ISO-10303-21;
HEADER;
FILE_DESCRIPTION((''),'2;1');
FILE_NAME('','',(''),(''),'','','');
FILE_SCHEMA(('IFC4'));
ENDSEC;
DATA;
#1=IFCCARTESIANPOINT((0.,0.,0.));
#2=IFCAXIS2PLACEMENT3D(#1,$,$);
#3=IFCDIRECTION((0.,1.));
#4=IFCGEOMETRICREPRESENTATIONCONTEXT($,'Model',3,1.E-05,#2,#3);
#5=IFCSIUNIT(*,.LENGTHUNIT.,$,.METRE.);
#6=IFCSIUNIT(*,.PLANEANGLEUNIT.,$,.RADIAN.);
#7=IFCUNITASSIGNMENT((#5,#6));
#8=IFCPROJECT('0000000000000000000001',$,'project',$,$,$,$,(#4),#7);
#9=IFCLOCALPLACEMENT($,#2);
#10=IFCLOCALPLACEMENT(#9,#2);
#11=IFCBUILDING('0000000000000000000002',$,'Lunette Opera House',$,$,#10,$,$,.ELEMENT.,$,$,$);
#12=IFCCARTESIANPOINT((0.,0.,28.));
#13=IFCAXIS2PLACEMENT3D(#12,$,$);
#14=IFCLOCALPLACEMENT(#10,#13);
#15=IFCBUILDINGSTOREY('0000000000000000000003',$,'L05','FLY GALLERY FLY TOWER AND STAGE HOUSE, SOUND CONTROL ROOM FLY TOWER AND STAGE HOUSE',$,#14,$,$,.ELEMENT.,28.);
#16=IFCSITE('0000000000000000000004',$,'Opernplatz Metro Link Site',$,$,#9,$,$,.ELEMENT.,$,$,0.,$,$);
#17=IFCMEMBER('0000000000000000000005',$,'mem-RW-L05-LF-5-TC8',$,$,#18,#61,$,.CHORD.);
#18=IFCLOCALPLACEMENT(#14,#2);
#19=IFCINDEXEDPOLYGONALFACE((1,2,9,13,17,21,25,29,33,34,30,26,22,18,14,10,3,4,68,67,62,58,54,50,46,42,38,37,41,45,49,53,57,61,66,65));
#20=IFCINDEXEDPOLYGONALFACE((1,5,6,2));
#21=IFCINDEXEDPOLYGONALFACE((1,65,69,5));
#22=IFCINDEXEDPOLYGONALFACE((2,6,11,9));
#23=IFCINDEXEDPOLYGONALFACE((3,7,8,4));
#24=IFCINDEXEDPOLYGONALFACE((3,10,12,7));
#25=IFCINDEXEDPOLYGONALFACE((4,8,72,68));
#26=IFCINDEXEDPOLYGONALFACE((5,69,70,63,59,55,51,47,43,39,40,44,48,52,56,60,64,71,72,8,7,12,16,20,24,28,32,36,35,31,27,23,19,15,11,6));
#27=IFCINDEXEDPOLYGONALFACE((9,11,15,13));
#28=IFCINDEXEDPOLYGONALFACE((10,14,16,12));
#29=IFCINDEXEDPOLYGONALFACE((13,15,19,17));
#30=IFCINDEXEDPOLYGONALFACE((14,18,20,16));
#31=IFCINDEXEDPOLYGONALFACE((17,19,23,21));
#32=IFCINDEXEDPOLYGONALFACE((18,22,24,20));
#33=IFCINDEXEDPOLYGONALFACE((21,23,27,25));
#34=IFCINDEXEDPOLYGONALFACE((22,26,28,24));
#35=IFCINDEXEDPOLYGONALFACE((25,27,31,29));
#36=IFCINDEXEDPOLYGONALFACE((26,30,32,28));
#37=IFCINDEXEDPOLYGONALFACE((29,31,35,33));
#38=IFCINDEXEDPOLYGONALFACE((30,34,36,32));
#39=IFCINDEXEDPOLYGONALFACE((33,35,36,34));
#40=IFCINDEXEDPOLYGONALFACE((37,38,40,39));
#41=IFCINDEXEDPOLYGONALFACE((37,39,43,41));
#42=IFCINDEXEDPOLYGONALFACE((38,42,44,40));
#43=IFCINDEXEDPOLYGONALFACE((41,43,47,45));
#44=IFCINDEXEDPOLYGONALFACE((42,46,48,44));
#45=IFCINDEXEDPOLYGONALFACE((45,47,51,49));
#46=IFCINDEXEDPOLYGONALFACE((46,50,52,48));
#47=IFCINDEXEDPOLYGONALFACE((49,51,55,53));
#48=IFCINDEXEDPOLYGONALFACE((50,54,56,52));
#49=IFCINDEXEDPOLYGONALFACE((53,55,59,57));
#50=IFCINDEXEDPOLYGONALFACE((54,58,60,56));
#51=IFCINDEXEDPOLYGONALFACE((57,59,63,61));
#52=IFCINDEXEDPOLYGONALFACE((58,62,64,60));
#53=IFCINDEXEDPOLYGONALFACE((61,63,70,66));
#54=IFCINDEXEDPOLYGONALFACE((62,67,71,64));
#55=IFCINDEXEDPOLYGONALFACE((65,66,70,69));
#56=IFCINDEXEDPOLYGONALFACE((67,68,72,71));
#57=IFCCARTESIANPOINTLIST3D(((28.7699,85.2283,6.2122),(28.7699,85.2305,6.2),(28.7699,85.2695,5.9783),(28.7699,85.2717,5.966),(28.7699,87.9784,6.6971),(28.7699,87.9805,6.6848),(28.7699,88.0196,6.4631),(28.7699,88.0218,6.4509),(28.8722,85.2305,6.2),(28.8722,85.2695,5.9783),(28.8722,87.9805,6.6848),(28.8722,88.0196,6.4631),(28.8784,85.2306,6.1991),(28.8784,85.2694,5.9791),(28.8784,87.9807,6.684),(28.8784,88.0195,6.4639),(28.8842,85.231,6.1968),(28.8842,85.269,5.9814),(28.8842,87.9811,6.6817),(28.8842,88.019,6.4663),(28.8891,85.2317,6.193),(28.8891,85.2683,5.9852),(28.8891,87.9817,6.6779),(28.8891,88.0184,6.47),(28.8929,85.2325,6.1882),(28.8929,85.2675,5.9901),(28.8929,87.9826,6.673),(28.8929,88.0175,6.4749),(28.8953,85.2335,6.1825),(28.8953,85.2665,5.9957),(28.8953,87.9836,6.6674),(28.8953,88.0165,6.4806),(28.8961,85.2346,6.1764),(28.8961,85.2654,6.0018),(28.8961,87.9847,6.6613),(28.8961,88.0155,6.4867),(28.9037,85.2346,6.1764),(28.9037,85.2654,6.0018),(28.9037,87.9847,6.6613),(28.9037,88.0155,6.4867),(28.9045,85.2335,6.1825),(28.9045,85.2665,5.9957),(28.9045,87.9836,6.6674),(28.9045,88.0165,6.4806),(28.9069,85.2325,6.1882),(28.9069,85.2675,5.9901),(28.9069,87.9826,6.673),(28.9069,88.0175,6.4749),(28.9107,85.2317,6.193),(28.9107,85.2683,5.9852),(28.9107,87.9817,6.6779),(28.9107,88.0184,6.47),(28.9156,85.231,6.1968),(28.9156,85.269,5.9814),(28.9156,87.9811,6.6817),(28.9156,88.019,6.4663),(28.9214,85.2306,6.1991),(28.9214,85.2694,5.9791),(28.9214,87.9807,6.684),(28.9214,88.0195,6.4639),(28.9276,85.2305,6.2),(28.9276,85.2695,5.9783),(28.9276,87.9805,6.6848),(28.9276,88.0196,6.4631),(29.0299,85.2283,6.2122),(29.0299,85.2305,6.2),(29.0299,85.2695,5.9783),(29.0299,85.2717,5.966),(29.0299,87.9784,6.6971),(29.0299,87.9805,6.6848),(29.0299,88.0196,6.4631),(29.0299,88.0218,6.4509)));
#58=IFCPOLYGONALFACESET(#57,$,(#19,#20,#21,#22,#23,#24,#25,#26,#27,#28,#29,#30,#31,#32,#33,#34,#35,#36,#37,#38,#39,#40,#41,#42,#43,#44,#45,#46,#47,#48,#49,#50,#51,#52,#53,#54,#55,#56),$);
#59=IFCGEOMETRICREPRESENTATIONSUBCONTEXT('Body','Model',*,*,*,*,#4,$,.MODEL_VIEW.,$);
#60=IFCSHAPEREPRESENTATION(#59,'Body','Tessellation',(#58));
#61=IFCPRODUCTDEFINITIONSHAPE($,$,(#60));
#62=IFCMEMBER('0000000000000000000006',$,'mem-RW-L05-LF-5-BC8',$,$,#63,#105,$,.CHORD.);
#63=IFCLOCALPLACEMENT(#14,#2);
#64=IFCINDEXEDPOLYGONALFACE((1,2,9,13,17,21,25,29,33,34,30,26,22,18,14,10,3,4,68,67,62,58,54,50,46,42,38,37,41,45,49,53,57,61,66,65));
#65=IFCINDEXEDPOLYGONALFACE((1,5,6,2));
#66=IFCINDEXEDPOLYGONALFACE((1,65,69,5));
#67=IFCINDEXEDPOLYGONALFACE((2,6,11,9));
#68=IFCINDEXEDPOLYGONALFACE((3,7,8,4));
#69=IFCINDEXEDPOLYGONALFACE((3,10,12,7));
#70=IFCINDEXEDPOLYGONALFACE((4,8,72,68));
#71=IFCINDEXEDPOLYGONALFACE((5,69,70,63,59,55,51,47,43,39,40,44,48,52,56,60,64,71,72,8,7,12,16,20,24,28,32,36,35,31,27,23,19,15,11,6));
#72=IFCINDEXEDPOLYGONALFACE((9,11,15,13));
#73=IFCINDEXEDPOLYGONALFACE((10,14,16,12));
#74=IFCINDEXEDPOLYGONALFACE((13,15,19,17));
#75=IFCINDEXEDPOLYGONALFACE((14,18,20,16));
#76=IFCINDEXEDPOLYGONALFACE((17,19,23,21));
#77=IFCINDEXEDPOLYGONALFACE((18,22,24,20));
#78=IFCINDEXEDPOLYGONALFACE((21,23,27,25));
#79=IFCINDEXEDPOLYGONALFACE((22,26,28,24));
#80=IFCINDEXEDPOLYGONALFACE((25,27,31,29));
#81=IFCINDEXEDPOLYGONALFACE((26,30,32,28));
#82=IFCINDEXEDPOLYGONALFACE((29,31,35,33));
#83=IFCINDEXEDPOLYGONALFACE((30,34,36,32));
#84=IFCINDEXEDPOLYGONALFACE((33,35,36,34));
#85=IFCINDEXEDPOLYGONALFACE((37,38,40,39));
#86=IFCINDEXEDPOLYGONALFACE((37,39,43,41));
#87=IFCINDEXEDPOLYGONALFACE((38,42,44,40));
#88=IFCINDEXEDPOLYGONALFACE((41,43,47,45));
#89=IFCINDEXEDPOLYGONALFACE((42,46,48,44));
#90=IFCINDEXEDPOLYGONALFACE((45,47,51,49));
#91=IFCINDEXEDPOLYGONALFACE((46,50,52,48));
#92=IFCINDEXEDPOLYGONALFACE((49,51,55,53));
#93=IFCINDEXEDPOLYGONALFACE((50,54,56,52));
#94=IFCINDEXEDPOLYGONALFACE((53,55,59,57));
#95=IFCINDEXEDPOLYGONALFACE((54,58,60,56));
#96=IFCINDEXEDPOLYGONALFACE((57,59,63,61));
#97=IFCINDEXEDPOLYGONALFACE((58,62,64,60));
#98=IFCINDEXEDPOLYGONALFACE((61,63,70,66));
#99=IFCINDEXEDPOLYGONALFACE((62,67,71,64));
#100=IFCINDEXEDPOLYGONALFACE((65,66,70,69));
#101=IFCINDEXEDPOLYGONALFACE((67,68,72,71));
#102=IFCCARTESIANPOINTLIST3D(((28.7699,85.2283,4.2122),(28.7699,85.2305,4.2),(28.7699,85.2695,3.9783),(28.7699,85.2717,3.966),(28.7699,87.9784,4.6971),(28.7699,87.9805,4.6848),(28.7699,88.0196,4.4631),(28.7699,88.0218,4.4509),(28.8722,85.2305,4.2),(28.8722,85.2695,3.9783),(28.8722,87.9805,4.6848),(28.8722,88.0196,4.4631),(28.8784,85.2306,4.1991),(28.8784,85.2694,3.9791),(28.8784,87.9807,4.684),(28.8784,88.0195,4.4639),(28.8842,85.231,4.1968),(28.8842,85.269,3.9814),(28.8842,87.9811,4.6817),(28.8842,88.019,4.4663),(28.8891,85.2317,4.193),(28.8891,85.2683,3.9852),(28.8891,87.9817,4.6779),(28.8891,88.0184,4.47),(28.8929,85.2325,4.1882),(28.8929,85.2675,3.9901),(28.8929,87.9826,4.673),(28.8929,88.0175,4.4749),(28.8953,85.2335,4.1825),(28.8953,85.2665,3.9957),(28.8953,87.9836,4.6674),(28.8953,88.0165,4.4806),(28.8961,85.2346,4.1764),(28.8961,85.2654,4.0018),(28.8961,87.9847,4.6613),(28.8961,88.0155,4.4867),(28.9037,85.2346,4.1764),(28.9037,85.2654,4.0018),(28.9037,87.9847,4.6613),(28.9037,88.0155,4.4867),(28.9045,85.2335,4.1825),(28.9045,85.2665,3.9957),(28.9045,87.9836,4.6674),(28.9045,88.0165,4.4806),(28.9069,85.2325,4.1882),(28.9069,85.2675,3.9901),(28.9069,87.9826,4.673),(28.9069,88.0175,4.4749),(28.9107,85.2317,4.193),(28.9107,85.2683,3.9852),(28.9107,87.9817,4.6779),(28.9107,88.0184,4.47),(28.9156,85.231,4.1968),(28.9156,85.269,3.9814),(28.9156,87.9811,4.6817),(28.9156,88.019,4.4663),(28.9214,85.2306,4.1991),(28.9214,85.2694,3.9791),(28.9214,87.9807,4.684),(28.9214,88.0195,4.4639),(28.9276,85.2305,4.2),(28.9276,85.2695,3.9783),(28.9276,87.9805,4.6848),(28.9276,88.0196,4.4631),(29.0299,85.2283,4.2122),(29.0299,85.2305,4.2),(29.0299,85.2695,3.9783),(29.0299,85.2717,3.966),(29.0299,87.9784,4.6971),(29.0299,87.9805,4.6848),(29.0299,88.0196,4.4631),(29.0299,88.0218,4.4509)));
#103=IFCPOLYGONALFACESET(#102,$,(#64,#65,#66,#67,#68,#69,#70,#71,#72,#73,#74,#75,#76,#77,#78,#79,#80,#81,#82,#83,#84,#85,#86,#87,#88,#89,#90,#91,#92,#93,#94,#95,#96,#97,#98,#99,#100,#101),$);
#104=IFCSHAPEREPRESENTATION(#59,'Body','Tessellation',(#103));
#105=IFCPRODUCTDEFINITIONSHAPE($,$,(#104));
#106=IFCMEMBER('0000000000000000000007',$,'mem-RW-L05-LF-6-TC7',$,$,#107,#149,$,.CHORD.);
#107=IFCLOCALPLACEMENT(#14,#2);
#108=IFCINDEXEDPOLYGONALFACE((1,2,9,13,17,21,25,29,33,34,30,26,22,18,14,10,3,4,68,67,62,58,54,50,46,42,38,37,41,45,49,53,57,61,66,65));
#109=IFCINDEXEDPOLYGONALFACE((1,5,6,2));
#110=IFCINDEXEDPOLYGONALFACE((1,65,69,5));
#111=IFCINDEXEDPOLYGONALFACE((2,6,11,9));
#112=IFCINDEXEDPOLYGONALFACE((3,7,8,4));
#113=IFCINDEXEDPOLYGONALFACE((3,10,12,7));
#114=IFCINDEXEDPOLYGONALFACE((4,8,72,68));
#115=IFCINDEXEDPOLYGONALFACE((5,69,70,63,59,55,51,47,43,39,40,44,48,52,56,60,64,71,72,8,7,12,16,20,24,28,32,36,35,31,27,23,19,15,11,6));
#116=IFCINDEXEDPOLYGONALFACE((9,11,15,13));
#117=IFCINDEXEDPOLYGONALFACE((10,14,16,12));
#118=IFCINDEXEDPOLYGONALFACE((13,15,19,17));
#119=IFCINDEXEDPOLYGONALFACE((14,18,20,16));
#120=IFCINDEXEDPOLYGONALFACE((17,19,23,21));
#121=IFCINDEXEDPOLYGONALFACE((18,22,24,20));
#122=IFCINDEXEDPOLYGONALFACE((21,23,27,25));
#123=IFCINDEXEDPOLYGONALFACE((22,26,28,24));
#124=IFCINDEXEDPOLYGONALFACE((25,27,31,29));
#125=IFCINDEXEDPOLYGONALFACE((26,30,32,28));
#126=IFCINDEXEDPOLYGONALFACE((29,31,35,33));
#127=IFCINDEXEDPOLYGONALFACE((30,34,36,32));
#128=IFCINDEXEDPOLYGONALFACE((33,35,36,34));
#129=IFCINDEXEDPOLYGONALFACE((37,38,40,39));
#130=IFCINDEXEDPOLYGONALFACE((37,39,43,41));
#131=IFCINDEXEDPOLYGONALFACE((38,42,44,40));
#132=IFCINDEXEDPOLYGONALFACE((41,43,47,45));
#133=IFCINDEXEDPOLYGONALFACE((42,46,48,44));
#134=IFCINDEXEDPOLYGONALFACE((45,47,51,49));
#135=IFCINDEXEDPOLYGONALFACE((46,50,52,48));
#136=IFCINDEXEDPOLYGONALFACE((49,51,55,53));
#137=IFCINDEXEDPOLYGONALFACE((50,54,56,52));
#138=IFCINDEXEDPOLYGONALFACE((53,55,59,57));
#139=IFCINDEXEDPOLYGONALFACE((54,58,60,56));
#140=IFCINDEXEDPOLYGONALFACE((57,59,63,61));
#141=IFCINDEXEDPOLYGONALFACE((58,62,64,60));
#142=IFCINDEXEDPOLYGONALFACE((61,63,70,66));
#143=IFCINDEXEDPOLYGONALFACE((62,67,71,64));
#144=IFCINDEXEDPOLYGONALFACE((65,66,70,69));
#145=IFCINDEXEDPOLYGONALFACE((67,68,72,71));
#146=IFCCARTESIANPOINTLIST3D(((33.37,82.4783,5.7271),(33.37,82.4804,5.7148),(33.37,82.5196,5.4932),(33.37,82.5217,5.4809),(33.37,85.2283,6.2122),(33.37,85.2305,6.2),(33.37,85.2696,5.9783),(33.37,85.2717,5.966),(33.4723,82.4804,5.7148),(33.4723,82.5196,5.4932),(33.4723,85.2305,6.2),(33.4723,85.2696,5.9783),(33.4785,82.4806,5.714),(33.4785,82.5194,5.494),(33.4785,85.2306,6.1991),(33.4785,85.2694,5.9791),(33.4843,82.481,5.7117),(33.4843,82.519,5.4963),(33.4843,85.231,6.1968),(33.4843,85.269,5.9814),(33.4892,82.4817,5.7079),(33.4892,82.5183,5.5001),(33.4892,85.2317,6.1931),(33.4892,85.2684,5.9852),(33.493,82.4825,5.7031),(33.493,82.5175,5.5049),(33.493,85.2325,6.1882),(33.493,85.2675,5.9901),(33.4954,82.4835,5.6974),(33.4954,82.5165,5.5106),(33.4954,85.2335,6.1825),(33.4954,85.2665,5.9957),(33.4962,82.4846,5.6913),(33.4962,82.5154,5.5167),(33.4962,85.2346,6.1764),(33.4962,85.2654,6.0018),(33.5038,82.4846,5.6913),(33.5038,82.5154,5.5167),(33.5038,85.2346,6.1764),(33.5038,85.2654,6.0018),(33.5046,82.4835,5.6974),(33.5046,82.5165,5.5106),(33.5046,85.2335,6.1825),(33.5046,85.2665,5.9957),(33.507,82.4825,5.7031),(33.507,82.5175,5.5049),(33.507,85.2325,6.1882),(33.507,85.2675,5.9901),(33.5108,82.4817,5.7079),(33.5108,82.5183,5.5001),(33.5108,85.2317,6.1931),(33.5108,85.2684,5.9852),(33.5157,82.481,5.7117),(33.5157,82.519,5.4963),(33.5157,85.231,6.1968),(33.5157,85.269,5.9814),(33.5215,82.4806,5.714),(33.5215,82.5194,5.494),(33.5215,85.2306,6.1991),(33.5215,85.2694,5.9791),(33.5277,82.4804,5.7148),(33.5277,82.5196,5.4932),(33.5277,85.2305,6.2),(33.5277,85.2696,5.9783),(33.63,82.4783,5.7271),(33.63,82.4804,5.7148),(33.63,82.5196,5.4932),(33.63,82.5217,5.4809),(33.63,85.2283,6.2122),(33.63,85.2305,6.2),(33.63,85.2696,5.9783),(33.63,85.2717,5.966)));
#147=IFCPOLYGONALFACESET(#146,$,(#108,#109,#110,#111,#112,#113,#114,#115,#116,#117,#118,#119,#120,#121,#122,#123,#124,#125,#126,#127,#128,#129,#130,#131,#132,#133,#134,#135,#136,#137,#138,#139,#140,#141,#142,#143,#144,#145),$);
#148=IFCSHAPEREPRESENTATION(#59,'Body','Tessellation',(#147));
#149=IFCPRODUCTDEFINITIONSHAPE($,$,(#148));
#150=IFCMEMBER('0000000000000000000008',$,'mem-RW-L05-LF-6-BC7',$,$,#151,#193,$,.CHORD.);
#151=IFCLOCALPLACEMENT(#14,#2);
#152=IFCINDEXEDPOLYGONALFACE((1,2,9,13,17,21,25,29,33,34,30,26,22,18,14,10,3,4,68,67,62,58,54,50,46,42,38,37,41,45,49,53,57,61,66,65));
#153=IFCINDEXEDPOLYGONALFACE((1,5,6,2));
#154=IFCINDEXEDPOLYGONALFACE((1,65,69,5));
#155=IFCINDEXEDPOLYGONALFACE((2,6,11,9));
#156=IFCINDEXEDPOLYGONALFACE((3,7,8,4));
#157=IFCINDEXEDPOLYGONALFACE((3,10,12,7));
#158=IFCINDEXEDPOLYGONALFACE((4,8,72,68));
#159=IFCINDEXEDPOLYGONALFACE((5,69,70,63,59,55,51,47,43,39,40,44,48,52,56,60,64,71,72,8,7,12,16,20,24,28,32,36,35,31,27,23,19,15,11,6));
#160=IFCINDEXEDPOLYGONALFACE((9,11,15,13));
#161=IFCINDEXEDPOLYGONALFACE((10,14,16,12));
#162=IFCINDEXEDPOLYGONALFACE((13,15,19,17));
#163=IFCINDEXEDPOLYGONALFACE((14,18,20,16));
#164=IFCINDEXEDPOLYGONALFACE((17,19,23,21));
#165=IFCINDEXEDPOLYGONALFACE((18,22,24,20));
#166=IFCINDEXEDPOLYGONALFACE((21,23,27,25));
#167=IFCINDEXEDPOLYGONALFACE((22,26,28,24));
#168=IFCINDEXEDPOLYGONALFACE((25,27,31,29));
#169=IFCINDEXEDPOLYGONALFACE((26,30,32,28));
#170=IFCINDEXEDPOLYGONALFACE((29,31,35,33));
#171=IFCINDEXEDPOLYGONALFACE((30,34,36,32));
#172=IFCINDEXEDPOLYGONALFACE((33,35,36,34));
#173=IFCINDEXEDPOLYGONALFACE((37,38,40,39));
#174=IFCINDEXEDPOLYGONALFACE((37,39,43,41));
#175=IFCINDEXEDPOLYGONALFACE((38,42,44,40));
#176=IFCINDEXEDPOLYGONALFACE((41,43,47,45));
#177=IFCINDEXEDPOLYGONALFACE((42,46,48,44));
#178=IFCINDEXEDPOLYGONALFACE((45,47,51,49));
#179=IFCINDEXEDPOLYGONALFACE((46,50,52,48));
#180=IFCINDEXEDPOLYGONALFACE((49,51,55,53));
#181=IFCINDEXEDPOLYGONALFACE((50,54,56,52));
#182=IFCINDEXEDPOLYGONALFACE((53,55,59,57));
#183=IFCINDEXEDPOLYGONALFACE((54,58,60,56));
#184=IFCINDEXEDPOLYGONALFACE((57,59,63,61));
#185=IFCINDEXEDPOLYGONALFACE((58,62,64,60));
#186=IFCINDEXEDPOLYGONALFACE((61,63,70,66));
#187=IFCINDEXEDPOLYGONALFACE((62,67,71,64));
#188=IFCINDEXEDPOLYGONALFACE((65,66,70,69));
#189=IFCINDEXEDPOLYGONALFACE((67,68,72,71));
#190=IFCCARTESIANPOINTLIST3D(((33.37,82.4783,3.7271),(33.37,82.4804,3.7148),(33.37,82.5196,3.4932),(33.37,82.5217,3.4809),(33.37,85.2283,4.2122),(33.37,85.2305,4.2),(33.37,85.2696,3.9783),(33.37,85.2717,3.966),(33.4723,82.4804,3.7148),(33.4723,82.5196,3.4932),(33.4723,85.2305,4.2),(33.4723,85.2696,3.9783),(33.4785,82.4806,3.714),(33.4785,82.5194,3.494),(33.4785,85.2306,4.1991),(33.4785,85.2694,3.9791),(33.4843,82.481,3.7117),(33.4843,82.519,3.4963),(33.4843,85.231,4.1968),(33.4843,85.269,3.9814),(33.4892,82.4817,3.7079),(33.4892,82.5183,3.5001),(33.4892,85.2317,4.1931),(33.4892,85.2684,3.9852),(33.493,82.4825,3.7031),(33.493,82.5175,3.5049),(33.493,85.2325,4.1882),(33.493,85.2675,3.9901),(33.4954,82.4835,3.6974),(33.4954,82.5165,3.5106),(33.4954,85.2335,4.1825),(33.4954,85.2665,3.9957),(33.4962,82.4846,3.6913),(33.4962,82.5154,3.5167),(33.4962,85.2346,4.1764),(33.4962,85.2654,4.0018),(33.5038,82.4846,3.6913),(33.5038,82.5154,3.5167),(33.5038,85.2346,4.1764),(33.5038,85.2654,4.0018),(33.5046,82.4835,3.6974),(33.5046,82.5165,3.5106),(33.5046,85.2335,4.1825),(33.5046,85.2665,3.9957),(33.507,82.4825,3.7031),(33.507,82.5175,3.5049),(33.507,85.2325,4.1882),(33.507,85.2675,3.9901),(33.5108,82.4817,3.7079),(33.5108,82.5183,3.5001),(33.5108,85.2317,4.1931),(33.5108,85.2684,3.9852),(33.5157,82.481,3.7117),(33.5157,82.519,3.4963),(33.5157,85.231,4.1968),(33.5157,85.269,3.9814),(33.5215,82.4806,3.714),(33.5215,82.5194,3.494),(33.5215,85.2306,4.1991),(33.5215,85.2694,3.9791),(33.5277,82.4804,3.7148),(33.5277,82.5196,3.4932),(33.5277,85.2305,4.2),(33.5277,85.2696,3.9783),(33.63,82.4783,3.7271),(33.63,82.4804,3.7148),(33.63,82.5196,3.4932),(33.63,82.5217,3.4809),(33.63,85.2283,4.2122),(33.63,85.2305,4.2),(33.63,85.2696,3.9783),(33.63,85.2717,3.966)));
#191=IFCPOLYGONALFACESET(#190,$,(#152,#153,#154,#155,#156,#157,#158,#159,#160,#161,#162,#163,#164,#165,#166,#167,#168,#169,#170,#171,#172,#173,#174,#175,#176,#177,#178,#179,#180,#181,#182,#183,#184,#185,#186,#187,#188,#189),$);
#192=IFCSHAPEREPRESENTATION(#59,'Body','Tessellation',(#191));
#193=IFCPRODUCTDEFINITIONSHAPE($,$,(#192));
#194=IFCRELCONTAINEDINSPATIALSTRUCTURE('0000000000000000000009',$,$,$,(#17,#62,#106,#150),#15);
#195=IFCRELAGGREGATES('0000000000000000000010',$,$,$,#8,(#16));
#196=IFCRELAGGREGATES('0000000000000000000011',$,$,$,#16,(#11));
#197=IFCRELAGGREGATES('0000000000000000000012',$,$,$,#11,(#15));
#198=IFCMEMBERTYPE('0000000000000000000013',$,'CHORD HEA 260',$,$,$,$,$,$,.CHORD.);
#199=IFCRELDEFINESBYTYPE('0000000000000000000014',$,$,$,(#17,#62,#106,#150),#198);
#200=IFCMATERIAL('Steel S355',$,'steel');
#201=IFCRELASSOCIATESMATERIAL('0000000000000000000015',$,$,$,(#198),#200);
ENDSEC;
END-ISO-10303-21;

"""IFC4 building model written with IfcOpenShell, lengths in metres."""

from ifc_helpers import new_model, si_unit, direction, frame, origin, origin_2d, place, context, subcontext, project, spatial, i_section, extrude, material, material_profile, profile_set, type_object, element, save


model = new_model("IFC4")

# Units and contexts
model_context = context("Model", 3, precision=1e-05, world=origin(), true_north=direction((0.0, 1.0)))
body_context = subcontext(model_context, "Body", "Model", "MODEL_VIEW")
ifc_project = project(units=[si_unit("LENGTHUNIT", "METRE"), si_unit("PLANEANGLEUNIT", "RADIAN")], contexts=[model_context])

# Site, building, storey
site_placement = place(None, origin())
site = spatial("IfcSite", under=ifc_project, at=site_placement, Name="Opernplatz Metro Link Site", CompositionType="ELEMENT", RefElevation=0.0)
building_placement = place(site_placement, origin())
building = spatial("IfcBuilding", under=site, at=building_placement, Name="Lunette Opera House", CompositionType="ELEMENT")
storey_placement = place(building_placement, frame((0.0, 0.0, 28.0)))
storey = spatial("IfcBuildingStorey", under=building, at=storey_placement, Name="L05", Description="FLY GALLERY FLY TOWER AND STAGE HOUSE, SOUND CONTROL ROOM FLY TOWER AND STAGE HOUSE", CompositionType="ELEMENT", Elevation=28.0)

# Members
ifc_material_1 = material(Name="Steel S355", Category="steel")
ifc_material_profile_1 = material_profile(ifc_material_1, i_section(OverallWidth=0.26, OverallDepth=0.25, WebThickness=0.0076, FlangeThickness=0.0125, FilletRadius=0.0239, at=origin_2d()), Name="HEA 260")
ifc_profile_set_1 = profile_set([ifc_material_profile_1], Name="Steel S355")
member_type_1 = type_object("IfcMemberType", Name="CHORD HEA 260", PredefinedType="CHORD", material=ifc_profile_set_1)
for number, where, z_axis, x_axis, name in (
    (1, (28.8999, 85.25, 6.0891), (0.0, 0.98481, 0.173636), (-1.0, 0.0, 0.0), "mem-RW-L05-LF-5-TC8"),
    (2, (28.8999, 85.25, 4.0891), (0.0, 0.98481, 0.173636), (-1.0, 0.0, 0.0), "mem-RW-L05-LF-5-BC8"),
    (3, (33.5, 82.5, 5.604), (0.0, 0.984795, 0.17372), (-1.0, 0.0, 0.0), "mem-RW-L05-LF-6-TC7"),
    (4, (33.5, 82.5, 3.604), (0.0, 0.984795, 0.17372), (-1.0, 0.0, 0.0), "mem-RW-L05-LF-6-BC7"),
):
    element("IfcMember", number, at=place(storey_placement, frame(where, z_axis=z_axis, x_axis=x_axis)), inside=storey, type_object=member_type_1, Name=name, PredefinedType="CHORD", context=body_context, shape_type="SweptSolid", body=[
        extrude(i_section(OverallWidth=0.26, OverallDepth=0.25, WebThickness=0.0076, FlangeThickness=0.0125, FilletRadius=0.0239, at=origin_2d()), origin(), (0.0, 0.0, 1.0), 2.7925),
    ])

save(model, "model.ifc")
